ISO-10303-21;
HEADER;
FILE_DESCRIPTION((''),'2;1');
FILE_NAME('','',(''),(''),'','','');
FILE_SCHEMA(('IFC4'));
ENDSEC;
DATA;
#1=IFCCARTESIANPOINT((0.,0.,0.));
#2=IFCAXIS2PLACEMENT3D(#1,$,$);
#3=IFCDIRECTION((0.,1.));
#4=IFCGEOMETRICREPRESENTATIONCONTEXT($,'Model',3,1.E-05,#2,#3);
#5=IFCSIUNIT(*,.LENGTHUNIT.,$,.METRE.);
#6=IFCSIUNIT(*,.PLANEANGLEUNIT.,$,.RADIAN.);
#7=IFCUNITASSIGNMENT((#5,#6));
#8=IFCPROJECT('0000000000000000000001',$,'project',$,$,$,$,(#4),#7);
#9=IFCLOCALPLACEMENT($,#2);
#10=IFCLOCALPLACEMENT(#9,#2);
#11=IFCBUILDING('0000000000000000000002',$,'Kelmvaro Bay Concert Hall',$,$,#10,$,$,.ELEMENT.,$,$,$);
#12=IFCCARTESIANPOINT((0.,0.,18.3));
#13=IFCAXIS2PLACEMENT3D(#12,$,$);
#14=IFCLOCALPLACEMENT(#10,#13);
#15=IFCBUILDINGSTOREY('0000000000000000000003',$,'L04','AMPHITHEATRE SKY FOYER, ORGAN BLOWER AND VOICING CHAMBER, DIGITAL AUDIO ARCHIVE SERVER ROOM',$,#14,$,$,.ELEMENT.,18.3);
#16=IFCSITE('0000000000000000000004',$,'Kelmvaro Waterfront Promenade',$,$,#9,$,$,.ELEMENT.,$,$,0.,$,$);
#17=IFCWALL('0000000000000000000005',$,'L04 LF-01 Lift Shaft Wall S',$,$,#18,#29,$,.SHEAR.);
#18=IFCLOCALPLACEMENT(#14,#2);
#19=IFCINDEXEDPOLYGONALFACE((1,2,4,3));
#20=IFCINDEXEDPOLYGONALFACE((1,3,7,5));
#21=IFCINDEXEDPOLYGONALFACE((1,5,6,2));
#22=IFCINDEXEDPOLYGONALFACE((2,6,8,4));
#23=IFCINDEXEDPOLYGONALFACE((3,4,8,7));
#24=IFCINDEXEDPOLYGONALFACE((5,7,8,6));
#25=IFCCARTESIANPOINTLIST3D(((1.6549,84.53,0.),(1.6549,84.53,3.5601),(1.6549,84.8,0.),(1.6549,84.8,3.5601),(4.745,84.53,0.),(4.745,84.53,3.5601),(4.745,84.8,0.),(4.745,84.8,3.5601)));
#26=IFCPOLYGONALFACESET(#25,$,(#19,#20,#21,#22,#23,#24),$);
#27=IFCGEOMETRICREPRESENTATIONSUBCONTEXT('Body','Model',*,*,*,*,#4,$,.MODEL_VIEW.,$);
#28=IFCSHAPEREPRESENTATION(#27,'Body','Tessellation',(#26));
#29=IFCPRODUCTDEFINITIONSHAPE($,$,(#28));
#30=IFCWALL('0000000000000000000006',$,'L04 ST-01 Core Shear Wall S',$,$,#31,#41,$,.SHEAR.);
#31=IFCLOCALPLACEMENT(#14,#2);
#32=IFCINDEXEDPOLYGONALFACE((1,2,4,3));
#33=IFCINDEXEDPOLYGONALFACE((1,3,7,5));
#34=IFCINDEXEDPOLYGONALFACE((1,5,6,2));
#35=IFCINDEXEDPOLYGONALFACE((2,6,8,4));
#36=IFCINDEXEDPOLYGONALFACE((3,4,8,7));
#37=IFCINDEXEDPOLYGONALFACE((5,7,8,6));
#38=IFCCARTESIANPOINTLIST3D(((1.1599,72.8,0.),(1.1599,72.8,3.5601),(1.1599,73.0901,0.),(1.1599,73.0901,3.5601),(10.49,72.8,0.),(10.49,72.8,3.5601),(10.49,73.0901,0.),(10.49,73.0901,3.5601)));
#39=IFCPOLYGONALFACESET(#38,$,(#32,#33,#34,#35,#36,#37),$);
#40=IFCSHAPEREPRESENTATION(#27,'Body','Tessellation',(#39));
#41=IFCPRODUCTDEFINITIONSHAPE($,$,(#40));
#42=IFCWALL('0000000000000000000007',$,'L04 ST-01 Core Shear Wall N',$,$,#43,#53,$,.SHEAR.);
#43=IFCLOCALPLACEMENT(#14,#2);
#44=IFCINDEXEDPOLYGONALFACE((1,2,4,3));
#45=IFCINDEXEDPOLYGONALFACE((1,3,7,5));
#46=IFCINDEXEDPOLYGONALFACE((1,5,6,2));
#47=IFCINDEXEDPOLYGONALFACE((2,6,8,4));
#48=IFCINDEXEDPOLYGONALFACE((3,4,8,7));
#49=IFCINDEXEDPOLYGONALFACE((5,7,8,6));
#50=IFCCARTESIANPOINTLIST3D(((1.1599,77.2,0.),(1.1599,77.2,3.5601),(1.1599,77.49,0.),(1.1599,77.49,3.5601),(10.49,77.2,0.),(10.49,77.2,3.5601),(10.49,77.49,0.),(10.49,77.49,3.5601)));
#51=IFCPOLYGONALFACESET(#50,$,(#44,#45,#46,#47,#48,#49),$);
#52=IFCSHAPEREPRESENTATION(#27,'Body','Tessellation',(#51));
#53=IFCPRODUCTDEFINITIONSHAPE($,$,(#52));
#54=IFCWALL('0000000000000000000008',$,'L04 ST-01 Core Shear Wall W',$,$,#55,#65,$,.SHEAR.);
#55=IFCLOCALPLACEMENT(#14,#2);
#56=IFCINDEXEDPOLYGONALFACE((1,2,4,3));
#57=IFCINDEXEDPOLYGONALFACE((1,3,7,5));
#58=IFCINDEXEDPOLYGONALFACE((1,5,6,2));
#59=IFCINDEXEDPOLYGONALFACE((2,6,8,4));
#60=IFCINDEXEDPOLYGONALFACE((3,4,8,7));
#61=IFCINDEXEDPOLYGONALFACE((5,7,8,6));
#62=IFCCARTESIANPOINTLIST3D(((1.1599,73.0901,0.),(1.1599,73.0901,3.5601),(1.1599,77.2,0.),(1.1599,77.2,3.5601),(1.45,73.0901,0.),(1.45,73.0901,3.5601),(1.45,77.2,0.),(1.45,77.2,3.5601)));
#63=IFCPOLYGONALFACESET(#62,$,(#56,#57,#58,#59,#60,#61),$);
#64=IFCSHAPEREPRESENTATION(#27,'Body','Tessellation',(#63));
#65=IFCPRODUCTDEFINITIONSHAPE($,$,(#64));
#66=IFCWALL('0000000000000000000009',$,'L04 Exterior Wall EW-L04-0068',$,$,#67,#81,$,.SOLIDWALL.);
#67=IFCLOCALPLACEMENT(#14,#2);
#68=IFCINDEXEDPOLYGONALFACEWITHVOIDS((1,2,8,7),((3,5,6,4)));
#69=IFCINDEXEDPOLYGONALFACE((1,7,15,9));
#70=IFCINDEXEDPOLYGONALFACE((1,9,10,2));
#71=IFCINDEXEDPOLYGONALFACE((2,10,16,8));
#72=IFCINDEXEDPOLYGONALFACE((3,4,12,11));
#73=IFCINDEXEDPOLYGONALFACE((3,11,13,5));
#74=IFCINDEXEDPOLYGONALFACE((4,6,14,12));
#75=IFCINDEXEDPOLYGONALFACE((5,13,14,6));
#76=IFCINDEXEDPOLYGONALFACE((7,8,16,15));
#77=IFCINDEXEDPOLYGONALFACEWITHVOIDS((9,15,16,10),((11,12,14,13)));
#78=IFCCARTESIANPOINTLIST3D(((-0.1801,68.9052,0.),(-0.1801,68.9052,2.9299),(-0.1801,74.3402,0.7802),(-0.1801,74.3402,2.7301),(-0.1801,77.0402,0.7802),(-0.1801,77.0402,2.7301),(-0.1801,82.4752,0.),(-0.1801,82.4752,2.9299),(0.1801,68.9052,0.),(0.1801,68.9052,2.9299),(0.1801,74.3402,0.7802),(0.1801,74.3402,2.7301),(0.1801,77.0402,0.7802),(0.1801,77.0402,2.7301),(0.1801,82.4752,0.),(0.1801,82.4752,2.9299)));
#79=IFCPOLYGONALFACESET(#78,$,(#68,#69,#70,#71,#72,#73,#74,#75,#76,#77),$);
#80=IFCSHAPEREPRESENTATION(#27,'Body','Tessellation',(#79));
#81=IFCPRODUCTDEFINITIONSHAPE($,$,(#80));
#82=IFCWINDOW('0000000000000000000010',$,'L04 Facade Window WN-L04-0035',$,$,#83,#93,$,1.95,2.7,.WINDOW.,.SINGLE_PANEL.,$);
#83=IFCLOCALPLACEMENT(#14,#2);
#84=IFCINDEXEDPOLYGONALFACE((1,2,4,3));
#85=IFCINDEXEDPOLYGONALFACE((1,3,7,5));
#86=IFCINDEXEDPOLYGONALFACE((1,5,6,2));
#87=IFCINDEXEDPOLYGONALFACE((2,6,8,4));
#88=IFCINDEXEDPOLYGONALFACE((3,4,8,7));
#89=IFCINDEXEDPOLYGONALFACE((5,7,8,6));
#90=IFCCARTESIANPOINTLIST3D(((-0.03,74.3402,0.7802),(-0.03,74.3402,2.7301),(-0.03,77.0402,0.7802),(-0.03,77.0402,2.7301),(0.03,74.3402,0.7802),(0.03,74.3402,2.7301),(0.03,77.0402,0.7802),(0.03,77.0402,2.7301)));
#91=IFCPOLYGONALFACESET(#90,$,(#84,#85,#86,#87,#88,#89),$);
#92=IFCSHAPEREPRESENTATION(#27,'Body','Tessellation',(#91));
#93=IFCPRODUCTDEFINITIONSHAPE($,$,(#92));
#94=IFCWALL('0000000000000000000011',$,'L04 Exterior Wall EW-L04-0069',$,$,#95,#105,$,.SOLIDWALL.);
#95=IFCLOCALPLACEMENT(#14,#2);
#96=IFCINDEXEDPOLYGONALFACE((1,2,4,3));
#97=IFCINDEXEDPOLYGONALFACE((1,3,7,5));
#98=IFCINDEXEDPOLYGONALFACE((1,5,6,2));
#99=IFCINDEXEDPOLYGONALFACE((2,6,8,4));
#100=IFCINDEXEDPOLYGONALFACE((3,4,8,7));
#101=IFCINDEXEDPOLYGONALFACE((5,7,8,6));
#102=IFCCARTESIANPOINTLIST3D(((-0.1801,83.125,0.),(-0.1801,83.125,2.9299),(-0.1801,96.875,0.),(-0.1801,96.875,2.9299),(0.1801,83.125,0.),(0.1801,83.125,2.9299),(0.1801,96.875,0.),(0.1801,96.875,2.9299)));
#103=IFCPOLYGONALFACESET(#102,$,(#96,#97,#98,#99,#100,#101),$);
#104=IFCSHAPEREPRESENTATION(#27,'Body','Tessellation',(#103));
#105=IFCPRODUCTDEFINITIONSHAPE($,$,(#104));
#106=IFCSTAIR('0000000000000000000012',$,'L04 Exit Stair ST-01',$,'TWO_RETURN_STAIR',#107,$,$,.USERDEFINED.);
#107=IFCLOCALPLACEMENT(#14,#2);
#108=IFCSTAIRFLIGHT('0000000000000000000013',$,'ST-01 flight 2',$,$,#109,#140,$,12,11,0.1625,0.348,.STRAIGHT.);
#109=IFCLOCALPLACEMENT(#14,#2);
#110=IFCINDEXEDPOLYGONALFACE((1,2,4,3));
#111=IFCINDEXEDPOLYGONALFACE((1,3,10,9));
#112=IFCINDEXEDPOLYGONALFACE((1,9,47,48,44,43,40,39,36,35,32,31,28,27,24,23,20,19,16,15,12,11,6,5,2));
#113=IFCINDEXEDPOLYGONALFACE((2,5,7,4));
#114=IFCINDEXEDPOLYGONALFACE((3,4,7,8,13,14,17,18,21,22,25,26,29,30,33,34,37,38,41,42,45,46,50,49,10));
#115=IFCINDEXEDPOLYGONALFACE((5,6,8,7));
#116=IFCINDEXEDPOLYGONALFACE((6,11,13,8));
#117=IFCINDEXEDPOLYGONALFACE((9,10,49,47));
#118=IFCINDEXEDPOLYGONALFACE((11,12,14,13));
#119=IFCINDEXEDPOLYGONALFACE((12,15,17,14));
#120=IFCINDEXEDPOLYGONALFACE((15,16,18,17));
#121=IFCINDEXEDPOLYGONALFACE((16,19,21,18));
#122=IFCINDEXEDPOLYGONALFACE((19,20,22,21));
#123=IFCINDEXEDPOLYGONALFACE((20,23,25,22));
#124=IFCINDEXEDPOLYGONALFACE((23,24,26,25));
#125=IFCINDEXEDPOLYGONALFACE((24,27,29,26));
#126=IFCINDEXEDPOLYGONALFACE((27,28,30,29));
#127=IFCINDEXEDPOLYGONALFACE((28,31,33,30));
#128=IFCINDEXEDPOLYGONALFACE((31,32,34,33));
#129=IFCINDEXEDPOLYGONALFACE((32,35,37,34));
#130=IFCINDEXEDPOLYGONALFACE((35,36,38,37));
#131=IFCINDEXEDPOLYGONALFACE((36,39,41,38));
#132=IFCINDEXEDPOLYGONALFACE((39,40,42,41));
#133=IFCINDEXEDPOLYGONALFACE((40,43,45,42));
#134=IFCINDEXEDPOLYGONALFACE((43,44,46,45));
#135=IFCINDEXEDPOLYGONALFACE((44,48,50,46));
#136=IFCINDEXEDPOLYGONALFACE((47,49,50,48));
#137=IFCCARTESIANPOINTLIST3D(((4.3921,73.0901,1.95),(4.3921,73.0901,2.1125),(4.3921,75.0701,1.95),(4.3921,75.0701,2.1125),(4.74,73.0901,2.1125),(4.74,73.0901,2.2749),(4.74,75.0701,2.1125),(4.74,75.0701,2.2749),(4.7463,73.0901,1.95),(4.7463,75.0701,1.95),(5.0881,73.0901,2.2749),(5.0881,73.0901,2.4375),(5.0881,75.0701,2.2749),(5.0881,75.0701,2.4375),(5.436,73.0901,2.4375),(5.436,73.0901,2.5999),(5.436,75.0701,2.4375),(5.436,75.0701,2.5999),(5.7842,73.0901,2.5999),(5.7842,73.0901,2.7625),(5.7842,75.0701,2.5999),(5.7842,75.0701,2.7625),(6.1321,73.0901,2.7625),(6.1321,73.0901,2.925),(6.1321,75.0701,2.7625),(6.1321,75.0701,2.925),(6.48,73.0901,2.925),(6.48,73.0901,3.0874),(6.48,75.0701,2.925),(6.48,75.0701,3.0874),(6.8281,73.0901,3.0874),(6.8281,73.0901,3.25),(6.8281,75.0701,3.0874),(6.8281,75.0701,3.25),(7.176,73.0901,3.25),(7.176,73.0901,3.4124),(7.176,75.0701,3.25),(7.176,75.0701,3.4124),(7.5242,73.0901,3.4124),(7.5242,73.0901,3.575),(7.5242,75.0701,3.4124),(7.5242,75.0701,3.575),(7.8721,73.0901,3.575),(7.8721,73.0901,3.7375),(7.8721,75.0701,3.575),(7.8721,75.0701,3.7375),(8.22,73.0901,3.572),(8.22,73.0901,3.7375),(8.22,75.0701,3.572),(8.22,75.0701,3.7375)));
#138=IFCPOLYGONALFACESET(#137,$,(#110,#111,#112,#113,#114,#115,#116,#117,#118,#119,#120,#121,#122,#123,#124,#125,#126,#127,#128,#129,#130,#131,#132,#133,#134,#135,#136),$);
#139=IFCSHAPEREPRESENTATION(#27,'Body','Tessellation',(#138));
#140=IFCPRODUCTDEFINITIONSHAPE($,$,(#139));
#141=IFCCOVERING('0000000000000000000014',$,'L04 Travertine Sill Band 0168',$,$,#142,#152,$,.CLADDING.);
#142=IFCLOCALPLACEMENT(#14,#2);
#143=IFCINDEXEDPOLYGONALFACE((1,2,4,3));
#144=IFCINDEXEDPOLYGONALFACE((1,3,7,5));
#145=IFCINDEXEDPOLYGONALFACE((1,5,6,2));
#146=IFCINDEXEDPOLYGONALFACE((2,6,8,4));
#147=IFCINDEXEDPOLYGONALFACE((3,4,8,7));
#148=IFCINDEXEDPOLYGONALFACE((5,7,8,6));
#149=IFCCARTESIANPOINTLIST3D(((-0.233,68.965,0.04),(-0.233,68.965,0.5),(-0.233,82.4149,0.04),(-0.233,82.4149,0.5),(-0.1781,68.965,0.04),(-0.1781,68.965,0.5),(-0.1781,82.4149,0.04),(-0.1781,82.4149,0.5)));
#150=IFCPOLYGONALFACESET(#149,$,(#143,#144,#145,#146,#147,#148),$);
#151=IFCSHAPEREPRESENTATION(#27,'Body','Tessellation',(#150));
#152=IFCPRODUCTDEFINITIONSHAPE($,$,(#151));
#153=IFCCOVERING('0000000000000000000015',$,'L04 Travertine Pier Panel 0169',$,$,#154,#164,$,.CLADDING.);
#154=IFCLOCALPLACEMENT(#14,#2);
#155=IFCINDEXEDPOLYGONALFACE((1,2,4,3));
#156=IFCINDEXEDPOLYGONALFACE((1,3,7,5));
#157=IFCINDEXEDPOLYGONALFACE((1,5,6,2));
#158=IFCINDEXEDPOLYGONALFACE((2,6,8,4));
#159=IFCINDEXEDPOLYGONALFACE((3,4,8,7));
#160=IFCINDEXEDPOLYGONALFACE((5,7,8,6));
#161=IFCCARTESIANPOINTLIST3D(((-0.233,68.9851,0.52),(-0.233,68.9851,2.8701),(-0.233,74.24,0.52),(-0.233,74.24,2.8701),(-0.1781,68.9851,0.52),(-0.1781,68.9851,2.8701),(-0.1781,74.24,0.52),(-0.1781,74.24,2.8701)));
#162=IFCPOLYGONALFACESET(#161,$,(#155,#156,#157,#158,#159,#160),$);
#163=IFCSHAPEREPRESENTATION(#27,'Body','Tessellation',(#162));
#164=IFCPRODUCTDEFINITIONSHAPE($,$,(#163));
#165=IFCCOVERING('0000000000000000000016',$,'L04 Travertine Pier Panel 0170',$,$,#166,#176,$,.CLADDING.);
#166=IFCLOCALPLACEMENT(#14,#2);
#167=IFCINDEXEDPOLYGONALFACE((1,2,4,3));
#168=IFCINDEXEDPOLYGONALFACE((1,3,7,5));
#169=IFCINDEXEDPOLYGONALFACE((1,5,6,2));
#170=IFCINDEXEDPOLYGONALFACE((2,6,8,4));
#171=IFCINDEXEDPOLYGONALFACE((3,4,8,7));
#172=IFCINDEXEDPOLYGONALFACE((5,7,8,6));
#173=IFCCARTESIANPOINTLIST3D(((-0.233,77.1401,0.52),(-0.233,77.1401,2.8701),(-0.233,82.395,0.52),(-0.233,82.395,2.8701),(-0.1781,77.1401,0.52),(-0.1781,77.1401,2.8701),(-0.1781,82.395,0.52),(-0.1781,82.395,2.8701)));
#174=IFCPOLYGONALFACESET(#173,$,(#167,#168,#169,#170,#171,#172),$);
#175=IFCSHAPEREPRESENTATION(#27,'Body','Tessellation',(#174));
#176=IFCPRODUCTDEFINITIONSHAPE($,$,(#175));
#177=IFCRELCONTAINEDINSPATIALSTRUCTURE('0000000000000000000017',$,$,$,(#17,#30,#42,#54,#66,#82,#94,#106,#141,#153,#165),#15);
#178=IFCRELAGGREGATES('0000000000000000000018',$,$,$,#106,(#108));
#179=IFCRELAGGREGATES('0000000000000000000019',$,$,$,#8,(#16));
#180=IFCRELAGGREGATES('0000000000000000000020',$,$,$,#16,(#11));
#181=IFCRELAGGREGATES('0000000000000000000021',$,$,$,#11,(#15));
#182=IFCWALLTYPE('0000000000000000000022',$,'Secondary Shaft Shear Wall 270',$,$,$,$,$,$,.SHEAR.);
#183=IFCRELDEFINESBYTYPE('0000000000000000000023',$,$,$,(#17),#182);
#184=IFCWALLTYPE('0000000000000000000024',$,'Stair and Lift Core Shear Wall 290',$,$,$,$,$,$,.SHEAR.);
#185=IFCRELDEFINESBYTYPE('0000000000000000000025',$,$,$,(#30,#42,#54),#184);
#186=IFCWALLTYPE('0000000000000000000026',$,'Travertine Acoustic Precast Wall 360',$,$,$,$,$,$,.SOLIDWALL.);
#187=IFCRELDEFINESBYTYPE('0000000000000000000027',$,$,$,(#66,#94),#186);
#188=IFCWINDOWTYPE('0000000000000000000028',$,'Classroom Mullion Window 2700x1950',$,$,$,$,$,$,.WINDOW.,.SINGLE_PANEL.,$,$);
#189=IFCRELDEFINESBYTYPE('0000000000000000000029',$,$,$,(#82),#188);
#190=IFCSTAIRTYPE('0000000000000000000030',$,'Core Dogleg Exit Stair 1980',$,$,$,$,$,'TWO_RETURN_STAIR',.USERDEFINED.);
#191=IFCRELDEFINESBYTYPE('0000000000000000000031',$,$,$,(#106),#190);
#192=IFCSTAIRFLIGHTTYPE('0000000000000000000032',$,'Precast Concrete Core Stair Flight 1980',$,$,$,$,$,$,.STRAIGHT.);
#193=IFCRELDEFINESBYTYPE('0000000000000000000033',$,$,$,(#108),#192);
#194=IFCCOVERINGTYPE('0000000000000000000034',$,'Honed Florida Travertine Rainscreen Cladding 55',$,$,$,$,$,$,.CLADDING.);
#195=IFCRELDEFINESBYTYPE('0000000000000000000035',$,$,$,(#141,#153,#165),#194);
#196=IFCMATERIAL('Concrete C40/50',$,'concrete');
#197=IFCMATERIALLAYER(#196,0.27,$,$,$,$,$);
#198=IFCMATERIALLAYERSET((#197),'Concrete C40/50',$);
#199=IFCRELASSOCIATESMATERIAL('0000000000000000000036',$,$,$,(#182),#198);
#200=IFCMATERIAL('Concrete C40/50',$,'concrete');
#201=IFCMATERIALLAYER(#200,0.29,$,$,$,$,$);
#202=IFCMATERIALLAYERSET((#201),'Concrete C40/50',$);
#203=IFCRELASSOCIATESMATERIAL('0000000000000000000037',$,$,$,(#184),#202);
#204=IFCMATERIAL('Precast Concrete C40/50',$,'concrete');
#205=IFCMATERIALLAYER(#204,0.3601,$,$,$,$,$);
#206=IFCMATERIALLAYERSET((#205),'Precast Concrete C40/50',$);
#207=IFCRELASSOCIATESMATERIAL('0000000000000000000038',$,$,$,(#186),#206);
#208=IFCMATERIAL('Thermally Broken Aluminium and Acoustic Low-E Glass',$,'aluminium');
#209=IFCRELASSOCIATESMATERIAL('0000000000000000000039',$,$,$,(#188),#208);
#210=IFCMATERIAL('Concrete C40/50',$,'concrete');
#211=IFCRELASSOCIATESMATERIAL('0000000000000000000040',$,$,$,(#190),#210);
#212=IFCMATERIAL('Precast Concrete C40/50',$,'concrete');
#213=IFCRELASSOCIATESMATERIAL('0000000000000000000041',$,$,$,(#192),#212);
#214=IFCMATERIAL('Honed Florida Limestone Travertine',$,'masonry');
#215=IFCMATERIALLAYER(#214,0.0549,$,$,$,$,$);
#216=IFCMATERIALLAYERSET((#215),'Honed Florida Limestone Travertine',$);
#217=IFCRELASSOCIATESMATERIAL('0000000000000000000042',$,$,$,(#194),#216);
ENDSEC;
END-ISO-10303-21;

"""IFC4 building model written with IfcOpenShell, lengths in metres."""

from ifc_helpers import new_model, si_unit, direction, frame, frame_2d, origin, origin_2d, place, context, subcontext, project, spatial, polyline, rectangle, outline, extrude, material, layer, layer_set, type_object, element, fill, aggregate, save


model = new_model("IFC4")

# Units and contexts
model_context = context("Model", 3, precision=1e-05, world=origin(), true_north=direction((0.0, 1.0)))
body_context = subcontext(model_context, "Body", "Model", "MODEL_VIEW")
ifc_project = project(units=[si_unit("LENGTHUNIT", "METRE"), si_unit("PLANEANGLEUNIT", "RADIAN")], contexts=[model_context])

# Site, building, storey
site_placement = place(None, origin())
site = spatial("IfcSite", under=ifc_project, at=site_placement, Name="Kelmvaro Waterfront Promenade", CompositionType="ELEMENT", RefElevation=0.0)
building_placement = place(site_placement, origin())
building = spatial("IfcBuilding", under=site, at=building_placement, Name="Kelmvaro Bay Concert Hall", CompositionType="ELEMENT")
storey_placement = place(building_placement, frame((0.0, 0.0, 18.3)))
storey = spatial("IfcBuildingStorey", under=building, at=storey_placement, Name="L04", Description="AMPHITHEATRE SKY FOYER, ORGAN BLOWER AND VOICING CHAMBER, DIGITAL AUDIO ARCHIVE SERVER ROOM", CompositionType="ELEMENT", Elevation=18.3)

# Walls
ifc_material_1 = material(Name="Concrete C40/50", Category="concrete")
ifc_layer_1 = layer(ifc_material_1, 0.27)
ifc_layer_set_1 = layer_set([ifc_layer_1], Name="Concrete C40/50")
wall_type_1 = type_object("IfcWallType", Name="Secondary Shaft Shear Wall 270", PredefinedType="SHEAR", material=ifc_layer_set_1)
wall_1_placement = place(storey_placement, frame((1.655, 84.665, 0.0), z_axis=(0.0, 0.0, 1.0), x_axis=(1.0, 0.0, 0.0)))
element("IfcWall", 1, at=wall_1_placement, inside=storey, type_object=wall_type_1, Name="L04 LF-01 Lift Shaft Wall S", PredefinedType="SHEAR", context=body_context, shape_type="SweptSolid", body=[
    extrude(rectangle(XDim=3.0901, YDim=0.27, at=frame_2d((1.5449, 0.0))), origin(), (0.0, 0.0, 1.0), 3.5601),
])
ifc_material_2 = material(Name="Concrete C40/50", Category="concrete")
ifc_layer_2 = layer(ifc_material_2, 0.29)
ifc_layer_set_2 = layer_set([ifc_layer_2], Name="Concrete C40/50")
wall_type_2 = type_object("IfcWallType", Name="Stair and Lift Core Shear Wall 290", PredefinedType="SHEAR", material=ifc_layer_set_2)
for number, where, z_axis, x_axis, name in (
    (2, (1.1599, 72.9451, 0.0), (0.0, 0.0, 1.0), (1.0, 0.0, 0.0), "L04 ST-01 Core Shear Wall S"),
    (3, (1.1599, 77.345, 0.0), (0.0, 0.0, 1.0), (1.0, 0.0, 0.0), "L04 ST-01 Core Shear Wall N"),
):
    element("IfcWall", number, at=place(storey_placement, frame(where, z_axis=z_axis, x_axis=x_axis)), inside=storey, type_object=wall_type_2, Name=name, PredefinedType="SHEAR", context=body_context, shape_type="SweptSolid", body=[
        extrude(rectangle(XDim=9.3301, YDim=0.29, at=frame_2d((4.665, 0.0))), origin(), (0.0, 0.0, 1.0), 3.5601),
    ])
wall_2_placement = place(storey_placement, frame((1.3049, 73.0901, 0.0), z_axis=(0.0, 0.0, 1.0), x_axis=(0.0, 1.0, 0.0)))
element("IfcWall", 4, at=wall_2_placement, inside=storey, type_object=wall_type_2, Name="L04 ST-01 Core Shear Wall W", PredefinedType="SHEAR", context=body_context, shape_type="SweptSolid", body=[
    extrude(rectangle(XDim=4.1099, YDim=0.29, at=frame_2d((2.0549, 0.0))), origin(), (0.0, 0.0, 1.0), 3.5601),
])

# Wall, opening, window
ifc_material_3 = material(Name="Precast Concrete C40/50", Category="concrete")
ifc_layer_3 = layer(ifc_material_3, 0.3601)
ifc_layer_set_3 = layer_set([ifc_layer_3], Name="Precast Concrete C40/50")
wall_type_3 = type_object("IfcWallType", Name="Travertine Acoustic Precast Wall 360", PredefinedType="SOLIDWALL", material=ifc_layer_set_3)
wall_3_placement = place(storey_placement, frame((0.0, 68.905, 0.0), z_axis=(0.0, 0.0, 1.0), x_axis=(0.0, 1.0, 0.0)))
wall_3 = element("IfcWall", 5, at=wall_3_placement, inside=storey, type_object=wall_type_3, Name="L04 Exterior Wall EW-L04-0068", PredefinedType="SOLIDWALL", context=body_context, shape_type="SweptSolid", body=[
    extrude(rectangle(XDim=13.5701, YDim=0.3601, at=frame_2d((6.7852, 0.0))), origin(), (0.0, 0.0, 1.0), 2.9299),
])
opening_placement = place(wall_3_placement, frame((5.4351, 0.0, 0.78)))
opening = element("IfcOpeningElement", 6, at=opening_placement, cuts=wall_3, PredefinedType="OPENING", context=body_context, shape_type="SweptSolid", body=[
    extrude(rectangle(XDim=2.7, YDim=1.95, at=frame_2d((1.3501, 0.9751))), frame((0.0, 0.1899, 0.0), z_axis=(0.0, -1.0, 0.0), x_axis=(1.0, 0.0, 0.0)), (0.0, 0.0, 1.0), 0.3801),
])
ifc_material_4 = material(Name="Thermally Broken Aluminium and Acoustic Low-E Glass", Category="aluminium")
window_type = type_object("IfcWindowType", Name="Classroom Mullion Window 2700x1950", PartitioningType="SINGLE_PANEL", PredefinedType="WINDOW", material=ifc_material_4)
window_placement = place(opening_placement, origin())
window = element("IfcWindow", 7, at=window_placement, inside=storey, type_object=window_type, Name="L04 Facade Window WN-L04-0035", OverallHeight=1.95, OverallWidth=2.7, PartitioningType="SINGLE_PANEL", PredefinedType="WINDOW", context=body_context, shape_type="SweptSolid", body=[
    extrude(rectangle(XDim=2.7, YDim=1.95, at=frame_2d((1.3501, 0.9751))), frame((0.0, 0.03, 0.0), z_axis=(0.0, -1.0, 0.0), x_axis=(1.0, 0.0, 0.0)), (0.0, 0.0, 1.0), 0.0601),
])
fill(opening, window)

# Wall
wall_4_placement = place(storey_placement, frame((0.0, 83.125, 0.0), z_axis=(0.0, 0.0, 1.0), x_axis=(0.0, 1.0, 0.0)))
element("IfcWall", 8, at=wall_4_placement, inside=storey, type_object=wall_type_3, Name="L04 Exterior Wall EW-L04-0069", PredefinedType="SOLIDWALL", context=body_context, shape_type="SweptSolid", body=[
    extrude(rectangle(XDim=13.75, YDim=0.3601, at=frame_2d((6.875, 0.0))), origin(), (0.0, 0.0, 1.0), 2.9299),
])

# Stair, stair flight
ifc_material_5 = material(Name="Concrete C40/50", Category="concrete")
stair_type = type_object("IfcStairType", Name="Core Dogleg Exit Stair 1980", ElementType="TWO_RETURN_STAIR", PredefinedType="USERDEFINED", material=ifc_material_5)
stair_placement = place(storey_placement, origin())
stair = element("IfcStair", 9, at=stair_placement, inside=storey, type_object=stair_type, Name="L04 Exit Stair ST-01", ObjectType="TWO_RETURN_STAIR", PredefinedType="USERDEFINED")
ifc_material_6 = material(Name="Precast Concrete C40/50", Category="concrete")
stair_flight_type = type_object("IfcStairFlightType", Name="Precast Concrete Core Stair Flight 1980", PredefinedType="STRAIGHT", material=ifc_material_6)
stair_flight_placement = place(storey_placement, frame((4.3921, 74.0801, 1.95), z_axis=(0.0, 0.0, 1.0), x_axis=(1.0, 0.0, 0.0)))
stair_flight = element("IfcStairFlight", 10, at=stair_flight_placement, type_object=stair_flight_type, Name="ST-01 flight 2", NumberOfRisers=12, NumberOfTreads=11, PredefinedType="STRAIGHT", RiserHeight=0.1625, TreadLength=0.348, context=body_context, shape_type="SweptSolid", body=[
    extrude(outline(polyline([(0.0, 0.0), (0.0, 0.1626), (0.3479, 0.1626), (0.3479, 0.325), (0.696, 0.325), (0.696, 0.4875), (1.0439, 0.4875), (1.0439, 0.6499), (1.3921, 0.6499), (1.3921, 0.8125), (1.74, 0.8125), (1.74, 0.9751), (2.0879, 0.9751), (2.0879, 1.1375), (2.436, 1.1375), (2.436, 1.3), (2.7839, 1.3), (2.7839, 1.4624), (3.1321, 1.4624), (3.1321, 1.625), (3.48, 1.625), (3.48, 1.7876), (3.8279, 1.7876), (3.8279, 1.95), (3.8279, 1.6221), (0.3542, 0.0), (0.0, 0.0)])), frame((0.0, 0.99, 0.0), z_axis=(0.0, -1.0, 0.0), x_axis=(1.0, 0.0, 0.0)), (0.0, 0.0, 1.0), 1.98),
])
aggregate(stair, [stair_flight])

# Coverings
ifc_material_7 = material(Name="Honed Florida Limestone Travertine", Category="masonry")
ifc_layer_4 = layer(ifc_material_7, 0.0549)
ifc_layer_set_4 = layer_set([ifc_layer_4], Name="Honed Florida Limestone Travertine")
covering_type = type_object("IfcCoveringType", Name="Honed Florida Travertine Rainscreen Cladding 55", PredefinedType="CLADDING", material=ifc_layer_set_4)
covering_placement = place(storey_placement, frame((-0.2056, 75.6899, 0.04), z_axis=(0.0, 0.0, 1.0), x_axis=(0.0, 1.0, 0.0)))
element("IfcCovering", 11, at=covering_placement, inside=storey, type_object=covering_type, Name="L04 Travertine Sill Band 0168", PredefinedType="CLADDING", context=body_context, shape_type="SweptSolid", body=[
    extrude(rectangle(XDim=13.45, YDim=0.0549, at=origin_2d()), origin(), (0.0, 0.0, 1.0), 0.46),
])
for number, where, z_axis, x_axis, name in (
    (12, (-0.2056, 71.6125, 0.52), (0.0, 0.0, 1.0), (0.0, 1.0, 0.0), "L04 Travertine Pier Panel 0169"),
    (13, (-0.2056, 79.7676, 0.52), (0.0, 0.0, 1.0), (0.0, 1.0, 0.0), "L04 Travertine Pier Panel 0170"),
):
    element("IfcCovering", number, at=place(storey_placement, frame(where, z_axis=z_axis, x_axis=x_axis)), inside=storey, type_object=covering_type, Name=name, PredefinedType="CLADDING", context=body_context, shape_type="SweptSolid", body=[
        extrude(rectangle(XDim=5.2549, YDim=0.0549, at=origin_2d()), origin(), (0.0, 0.0, 1.0), 2.3501),
    ])

save(model, "model.ifc")
